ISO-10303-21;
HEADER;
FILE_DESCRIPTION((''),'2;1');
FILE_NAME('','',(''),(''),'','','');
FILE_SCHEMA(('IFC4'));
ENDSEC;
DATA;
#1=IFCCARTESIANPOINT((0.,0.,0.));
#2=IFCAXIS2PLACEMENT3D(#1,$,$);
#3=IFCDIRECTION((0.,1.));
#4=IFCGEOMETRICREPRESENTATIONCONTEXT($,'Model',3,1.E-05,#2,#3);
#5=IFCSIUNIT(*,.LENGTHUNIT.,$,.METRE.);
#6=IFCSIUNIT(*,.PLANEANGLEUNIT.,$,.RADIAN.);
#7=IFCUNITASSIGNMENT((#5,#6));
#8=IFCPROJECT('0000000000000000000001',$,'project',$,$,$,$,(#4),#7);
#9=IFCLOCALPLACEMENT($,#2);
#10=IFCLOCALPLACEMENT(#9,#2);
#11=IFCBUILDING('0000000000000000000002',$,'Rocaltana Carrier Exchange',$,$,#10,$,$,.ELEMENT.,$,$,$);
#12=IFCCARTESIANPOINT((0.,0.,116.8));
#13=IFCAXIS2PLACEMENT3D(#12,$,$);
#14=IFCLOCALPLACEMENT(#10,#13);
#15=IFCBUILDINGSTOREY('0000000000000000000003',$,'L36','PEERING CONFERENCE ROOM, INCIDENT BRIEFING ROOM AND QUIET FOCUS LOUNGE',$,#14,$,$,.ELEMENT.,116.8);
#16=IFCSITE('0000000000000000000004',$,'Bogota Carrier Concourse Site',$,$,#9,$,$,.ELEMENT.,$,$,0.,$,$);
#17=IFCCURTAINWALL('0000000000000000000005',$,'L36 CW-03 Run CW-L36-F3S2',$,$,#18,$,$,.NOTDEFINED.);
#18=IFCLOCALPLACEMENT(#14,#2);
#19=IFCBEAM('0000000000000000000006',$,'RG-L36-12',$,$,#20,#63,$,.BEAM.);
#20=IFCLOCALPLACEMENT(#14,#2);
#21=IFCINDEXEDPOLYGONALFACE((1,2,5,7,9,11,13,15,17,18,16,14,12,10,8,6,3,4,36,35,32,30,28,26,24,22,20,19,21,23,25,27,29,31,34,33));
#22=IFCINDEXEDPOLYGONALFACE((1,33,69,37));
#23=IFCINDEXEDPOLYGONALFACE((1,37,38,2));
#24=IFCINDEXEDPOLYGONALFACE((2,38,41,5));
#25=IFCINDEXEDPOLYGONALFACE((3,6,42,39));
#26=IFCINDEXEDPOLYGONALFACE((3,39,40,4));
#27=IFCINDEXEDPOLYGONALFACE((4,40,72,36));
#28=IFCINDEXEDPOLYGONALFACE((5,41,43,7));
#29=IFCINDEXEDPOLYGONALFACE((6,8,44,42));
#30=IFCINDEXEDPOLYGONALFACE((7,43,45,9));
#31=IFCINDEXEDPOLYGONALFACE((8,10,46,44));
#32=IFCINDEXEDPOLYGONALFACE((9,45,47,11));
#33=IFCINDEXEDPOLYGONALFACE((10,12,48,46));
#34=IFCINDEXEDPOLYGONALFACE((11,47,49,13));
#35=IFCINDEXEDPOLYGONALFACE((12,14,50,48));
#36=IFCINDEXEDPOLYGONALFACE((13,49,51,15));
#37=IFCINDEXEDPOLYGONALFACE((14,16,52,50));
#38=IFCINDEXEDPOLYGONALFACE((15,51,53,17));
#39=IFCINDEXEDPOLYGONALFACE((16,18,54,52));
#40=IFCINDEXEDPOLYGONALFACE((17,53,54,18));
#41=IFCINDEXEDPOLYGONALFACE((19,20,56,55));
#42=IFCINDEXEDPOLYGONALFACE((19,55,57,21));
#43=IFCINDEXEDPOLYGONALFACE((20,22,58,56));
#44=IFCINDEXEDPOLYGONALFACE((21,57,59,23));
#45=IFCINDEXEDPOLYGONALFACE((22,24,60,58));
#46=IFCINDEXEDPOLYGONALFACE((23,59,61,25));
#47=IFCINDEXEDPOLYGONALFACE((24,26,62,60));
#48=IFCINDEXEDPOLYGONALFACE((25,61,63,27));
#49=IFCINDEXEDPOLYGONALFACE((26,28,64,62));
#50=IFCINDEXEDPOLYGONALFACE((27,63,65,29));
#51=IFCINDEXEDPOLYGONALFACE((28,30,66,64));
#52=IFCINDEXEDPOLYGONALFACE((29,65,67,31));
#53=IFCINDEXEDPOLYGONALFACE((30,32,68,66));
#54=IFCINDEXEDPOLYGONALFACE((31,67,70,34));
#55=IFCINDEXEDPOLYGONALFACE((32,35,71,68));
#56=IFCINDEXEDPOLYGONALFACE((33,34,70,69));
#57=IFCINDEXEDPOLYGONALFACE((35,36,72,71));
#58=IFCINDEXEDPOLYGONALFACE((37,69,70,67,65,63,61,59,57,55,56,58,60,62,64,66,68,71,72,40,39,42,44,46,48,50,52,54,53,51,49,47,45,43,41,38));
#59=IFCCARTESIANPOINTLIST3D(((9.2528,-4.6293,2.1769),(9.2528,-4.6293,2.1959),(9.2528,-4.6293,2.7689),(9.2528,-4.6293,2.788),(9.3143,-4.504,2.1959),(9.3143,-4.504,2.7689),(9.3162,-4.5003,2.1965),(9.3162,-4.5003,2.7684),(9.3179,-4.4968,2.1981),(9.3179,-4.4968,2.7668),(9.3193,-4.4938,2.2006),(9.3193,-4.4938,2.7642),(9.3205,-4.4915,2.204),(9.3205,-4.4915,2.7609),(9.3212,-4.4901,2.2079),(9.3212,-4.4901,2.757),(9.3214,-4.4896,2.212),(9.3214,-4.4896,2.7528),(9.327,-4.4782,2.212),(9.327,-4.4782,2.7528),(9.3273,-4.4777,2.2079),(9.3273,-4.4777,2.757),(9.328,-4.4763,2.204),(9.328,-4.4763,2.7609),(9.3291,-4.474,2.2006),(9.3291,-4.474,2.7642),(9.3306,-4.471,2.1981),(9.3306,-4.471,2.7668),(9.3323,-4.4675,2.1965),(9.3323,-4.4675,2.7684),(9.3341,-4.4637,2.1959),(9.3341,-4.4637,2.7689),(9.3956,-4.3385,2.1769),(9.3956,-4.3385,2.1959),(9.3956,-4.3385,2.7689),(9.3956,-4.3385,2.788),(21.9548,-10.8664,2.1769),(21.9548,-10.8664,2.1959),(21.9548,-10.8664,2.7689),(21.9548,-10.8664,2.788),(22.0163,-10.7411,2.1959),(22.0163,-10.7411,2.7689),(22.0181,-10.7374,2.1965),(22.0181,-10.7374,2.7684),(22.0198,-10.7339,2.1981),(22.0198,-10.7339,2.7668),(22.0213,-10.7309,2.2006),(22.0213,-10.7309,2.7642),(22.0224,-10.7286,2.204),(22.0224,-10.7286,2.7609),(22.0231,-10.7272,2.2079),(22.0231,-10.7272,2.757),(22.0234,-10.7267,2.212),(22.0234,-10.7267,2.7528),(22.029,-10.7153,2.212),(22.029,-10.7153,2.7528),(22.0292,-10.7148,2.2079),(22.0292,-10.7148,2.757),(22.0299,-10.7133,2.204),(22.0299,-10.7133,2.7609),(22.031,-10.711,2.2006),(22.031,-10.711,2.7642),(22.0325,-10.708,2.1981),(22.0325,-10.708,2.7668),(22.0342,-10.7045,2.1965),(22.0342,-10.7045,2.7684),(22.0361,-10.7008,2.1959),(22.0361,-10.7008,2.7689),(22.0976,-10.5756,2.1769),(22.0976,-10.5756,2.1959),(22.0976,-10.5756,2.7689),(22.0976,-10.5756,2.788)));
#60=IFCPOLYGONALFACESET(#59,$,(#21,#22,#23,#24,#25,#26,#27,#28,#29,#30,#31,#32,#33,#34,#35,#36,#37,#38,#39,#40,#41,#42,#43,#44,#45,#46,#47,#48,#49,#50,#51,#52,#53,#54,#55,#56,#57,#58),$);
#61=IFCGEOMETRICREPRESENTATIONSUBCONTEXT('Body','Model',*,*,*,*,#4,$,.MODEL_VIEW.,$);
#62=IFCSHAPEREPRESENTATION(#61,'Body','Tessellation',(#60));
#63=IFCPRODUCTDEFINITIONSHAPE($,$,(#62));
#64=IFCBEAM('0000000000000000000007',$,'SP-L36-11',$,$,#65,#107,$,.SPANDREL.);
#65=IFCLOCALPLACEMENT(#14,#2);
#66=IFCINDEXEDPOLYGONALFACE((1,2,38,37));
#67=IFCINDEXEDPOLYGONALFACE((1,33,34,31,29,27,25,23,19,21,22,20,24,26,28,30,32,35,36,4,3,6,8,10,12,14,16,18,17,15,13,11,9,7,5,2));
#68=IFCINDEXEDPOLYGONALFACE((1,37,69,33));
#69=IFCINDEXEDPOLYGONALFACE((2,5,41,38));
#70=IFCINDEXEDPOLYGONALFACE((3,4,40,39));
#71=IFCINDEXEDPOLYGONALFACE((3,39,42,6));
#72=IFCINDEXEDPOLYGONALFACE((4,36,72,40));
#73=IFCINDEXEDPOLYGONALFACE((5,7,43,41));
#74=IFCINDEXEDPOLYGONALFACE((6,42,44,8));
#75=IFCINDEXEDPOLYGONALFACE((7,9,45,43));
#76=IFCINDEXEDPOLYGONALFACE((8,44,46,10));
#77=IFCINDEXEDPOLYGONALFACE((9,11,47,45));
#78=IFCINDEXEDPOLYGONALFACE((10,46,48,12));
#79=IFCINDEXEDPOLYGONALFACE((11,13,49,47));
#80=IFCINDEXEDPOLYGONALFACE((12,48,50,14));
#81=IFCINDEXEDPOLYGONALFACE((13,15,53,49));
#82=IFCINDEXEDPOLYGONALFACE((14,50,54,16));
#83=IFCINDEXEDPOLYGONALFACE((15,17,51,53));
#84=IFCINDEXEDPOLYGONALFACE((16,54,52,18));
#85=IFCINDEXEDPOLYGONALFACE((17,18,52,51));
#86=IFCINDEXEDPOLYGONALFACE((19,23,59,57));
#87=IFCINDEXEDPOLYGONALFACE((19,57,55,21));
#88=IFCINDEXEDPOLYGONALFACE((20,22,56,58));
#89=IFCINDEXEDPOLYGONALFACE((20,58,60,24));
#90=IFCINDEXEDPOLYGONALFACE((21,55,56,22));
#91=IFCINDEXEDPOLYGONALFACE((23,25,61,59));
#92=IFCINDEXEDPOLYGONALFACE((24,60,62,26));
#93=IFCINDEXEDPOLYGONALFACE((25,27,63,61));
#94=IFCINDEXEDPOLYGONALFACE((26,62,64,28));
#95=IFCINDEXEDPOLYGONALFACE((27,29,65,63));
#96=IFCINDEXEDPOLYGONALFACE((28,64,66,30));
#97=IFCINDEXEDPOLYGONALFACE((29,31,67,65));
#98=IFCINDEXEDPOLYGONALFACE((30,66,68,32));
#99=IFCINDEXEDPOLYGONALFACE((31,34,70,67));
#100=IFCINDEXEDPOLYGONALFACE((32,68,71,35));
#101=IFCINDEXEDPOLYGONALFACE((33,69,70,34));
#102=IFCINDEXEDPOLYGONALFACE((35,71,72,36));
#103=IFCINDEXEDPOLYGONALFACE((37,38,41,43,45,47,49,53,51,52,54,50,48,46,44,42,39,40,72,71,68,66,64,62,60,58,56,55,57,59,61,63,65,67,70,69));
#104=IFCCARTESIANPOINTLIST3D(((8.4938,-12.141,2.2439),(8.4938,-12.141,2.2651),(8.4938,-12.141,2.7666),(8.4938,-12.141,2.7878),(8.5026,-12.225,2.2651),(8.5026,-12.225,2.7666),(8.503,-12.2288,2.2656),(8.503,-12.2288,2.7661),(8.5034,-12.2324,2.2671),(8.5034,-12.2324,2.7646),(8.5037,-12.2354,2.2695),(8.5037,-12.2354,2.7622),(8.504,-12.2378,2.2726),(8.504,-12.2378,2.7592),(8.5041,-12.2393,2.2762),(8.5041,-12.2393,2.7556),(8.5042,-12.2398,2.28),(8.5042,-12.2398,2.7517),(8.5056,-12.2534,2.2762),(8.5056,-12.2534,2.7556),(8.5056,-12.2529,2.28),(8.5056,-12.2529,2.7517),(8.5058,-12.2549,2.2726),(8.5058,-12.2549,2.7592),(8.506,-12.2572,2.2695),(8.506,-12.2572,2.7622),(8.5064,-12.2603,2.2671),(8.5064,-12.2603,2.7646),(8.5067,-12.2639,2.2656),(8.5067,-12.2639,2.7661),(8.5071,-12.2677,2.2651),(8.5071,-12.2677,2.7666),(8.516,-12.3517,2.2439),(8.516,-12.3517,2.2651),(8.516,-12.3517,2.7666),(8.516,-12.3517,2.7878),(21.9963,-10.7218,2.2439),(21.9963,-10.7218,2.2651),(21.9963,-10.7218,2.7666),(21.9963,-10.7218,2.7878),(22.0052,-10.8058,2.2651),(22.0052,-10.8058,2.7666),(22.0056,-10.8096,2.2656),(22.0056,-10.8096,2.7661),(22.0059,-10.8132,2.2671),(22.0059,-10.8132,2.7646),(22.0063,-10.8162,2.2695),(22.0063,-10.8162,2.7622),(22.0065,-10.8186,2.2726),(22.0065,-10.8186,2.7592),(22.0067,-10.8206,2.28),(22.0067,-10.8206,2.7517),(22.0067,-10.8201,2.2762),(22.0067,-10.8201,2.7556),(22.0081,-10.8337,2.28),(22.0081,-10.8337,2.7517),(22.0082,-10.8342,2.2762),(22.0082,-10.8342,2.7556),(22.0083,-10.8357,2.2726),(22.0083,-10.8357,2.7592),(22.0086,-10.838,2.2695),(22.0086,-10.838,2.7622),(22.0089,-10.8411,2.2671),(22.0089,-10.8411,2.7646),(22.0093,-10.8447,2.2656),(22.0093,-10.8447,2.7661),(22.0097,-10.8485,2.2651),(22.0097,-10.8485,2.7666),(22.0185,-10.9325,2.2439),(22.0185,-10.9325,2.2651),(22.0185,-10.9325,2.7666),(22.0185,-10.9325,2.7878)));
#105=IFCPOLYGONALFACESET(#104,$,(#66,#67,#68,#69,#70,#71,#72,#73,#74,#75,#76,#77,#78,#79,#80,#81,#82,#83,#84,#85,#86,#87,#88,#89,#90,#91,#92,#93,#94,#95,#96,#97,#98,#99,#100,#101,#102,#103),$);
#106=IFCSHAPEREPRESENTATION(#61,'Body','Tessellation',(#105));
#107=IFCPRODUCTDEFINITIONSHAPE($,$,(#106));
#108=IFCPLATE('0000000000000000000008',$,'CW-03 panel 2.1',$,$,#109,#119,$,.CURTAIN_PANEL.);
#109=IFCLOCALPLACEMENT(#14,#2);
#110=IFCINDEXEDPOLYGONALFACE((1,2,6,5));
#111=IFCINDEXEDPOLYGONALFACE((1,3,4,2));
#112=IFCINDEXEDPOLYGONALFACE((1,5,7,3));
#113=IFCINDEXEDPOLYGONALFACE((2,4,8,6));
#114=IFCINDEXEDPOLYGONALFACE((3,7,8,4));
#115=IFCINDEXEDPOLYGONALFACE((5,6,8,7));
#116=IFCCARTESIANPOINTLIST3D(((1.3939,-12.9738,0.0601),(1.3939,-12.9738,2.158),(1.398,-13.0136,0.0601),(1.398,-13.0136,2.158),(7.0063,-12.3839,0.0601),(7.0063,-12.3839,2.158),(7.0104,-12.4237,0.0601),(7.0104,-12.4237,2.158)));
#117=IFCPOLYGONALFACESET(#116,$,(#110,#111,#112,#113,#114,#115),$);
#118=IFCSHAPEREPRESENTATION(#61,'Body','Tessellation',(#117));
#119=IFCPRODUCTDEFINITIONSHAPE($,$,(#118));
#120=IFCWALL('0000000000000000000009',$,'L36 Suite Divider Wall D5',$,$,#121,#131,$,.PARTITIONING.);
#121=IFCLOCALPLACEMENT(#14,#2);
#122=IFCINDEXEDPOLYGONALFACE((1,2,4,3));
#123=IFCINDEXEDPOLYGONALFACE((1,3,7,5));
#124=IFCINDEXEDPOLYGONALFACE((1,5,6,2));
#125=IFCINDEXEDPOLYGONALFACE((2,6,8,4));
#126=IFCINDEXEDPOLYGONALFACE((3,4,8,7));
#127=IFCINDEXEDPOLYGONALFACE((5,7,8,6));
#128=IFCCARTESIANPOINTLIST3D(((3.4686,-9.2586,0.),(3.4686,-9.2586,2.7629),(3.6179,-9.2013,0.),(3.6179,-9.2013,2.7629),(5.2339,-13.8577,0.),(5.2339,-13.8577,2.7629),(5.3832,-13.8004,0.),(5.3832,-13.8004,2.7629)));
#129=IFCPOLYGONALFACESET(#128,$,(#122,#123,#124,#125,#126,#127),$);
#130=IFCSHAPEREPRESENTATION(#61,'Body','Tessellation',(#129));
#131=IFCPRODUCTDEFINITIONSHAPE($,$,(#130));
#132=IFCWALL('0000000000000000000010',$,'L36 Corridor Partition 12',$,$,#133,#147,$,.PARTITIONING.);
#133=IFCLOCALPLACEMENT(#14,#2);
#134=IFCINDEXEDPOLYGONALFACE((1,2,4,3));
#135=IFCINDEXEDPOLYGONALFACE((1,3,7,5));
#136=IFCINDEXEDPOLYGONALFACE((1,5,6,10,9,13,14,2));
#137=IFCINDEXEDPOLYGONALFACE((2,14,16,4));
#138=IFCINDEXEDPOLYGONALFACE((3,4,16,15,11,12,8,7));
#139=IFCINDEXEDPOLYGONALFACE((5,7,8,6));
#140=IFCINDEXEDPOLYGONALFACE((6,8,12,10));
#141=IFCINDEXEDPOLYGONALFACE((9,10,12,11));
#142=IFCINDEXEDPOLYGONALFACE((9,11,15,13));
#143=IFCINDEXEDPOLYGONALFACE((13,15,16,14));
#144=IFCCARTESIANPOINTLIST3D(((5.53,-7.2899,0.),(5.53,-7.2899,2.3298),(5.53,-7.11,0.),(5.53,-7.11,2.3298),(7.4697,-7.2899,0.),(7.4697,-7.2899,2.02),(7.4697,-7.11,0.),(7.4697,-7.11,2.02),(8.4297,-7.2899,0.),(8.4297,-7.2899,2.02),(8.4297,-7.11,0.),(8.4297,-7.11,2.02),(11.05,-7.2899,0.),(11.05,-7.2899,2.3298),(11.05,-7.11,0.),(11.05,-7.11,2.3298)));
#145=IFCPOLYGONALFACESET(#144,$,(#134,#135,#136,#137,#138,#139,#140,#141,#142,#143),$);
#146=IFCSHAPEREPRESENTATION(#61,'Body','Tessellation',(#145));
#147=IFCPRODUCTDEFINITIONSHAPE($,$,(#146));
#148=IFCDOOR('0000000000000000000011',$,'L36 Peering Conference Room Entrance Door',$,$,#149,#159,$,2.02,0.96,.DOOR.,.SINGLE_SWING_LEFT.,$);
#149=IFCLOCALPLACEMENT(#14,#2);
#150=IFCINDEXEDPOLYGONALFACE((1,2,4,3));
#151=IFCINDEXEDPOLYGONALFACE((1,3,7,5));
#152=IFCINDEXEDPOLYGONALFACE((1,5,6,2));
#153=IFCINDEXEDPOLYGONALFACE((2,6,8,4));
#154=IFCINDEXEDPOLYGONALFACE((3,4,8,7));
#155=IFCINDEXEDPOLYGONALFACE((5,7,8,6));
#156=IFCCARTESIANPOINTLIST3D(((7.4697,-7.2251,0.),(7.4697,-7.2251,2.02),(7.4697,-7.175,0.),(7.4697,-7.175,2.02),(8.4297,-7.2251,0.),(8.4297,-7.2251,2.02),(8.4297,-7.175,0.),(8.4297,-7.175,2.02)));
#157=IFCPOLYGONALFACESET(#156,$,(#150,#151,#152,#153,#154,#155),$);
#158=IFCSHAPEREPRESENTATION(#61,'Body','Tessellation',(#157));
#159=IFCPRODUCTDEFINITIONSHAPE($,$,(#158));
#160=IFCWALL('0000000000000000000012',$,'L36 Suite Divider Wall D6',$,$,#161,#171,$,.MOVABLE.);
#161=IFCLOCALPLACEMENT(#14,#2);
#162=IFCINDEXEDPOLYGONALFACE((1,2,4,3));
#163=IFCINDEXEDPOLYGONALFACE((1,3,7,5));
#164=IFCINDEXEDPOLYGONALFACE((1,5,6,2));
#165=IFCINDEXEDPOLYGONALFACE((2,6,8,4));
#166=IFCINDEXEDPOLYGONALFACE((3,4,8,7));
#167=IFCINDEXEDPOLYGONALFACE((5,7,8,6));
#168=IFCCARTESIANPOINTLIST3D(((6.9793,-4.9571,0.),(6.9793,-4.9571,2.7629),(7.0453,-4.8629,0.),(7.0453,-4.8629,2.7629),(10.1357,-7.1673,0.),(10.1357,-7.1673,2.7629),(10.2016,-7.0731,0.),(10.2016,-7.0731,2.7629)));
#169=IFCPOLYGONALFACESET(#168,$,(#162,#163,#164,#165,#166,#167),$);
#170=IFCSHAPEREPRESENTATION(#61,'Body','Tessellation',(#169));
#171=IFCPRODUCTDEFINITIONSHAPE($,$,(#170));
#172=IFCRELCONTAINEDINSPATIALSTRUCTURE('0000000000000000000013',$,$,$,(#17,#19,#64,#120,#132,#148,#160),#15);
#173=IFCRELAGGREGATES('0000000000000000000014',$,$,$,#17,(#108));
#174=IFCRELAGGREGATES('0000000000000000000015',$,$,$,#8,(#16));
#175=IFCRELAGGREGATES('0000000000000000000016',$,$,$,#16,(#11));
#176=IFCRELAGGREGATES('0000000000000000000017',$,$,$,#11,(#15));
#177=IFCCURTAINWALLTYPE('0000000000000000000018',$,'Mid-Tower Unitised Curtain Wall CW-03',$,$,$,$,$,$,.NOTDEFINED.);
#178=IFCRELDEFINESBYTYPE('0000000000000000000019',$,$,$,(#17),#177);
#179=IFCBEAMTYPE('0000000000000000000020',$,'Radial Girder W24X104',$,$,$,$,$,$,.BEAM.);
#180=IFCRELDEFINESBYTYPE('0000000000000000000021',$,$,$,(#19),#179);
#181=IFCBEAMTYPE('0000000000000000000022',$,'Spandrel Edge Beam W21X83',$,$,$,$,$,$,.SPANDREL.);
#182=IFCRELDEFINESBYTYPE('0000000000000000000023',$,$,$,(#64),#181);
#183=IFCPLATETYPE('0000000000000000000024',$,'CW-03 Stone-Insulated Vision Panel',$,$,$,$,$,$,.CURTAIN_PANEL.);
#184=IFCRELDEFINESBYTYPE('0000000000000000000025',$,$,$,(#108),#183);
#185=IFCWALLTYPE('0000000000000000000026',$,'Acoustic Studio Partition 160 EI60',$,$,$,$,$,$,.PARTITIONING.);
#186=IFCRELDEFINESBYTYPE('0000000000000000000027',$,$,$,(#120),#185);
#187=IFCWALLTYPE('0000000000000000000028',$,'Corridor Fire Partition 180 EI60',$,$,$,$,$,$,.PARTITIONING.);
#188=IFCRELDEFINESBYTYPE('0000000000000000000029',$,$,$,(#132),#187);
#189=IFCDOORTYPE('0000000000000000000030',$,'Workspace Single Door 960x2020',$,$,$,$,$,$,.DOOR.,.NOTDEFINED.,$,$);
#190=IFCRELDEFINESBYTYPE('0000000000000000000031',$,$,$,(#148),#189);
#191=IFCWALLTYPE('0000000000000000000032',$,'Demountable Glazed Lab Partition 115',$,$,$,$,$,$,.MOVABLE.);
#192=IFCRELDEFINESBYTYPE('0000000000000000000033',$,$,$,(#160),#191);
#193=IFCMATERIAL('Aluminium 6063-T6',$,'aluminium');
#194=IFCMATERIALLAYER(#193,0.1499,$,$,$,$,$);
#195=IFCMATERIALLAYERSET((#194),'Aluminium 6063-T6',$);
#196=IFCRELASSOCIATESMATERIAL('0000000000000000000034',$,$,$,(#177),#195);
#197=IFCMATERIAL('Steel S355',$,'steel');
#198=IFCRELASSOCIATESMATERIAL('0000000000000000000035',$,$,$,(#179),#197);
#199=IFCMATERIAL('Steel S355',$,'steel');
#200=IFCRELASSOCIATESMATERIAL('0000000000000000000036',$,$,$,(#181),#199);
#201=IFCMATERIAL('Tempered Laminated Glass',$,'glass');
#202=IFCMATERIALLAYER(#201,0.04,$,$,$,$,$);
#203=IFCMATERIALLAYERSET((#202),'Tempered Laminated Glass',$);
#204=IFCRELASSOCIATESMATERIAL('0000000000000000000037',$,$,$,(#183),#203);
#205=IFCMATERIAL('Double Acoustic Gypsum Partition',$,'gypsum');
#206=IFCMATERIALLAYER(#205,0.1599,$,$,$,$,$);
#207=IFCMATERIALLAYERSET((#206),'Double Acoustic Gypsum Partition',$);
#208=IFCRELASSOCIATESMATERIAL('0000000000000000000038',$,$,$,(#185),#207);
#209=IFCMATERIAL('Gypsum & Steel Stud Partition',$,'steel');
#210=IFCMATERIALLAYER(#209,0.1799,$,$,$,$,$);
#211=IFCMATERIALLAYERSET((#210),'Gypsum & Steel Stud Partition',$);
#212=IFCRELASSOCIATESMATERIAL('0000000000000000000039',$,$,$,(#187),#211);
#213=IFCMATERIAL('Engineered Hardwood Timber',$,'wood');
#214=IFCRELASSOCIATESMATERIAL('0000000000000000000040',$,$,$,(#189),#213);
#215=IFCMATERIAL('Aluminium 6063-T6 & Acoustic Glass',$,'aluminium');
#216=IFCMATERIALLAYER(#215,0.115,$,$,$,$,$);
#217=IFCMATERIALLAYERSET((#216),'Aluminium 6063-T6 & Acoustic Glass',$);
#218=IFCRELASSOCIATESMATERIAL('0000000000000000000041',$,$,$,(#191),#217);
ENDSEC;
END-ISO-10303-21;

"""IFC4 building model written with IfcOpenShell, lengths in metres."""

from ifc_helpers import new_model, si_unit, direction, frame, frame_2d, origin, origin_2d, place, context, subcontext, project, spatial, rectangle, i_section, extrude, material, layer, layer_set, material_profile, profile_set, type_object, element, fill, aggregate, save


model = new_model("IFC4")

# Units and contexts
model_context = context("Model", 3, precision=1e-05, world=origin(), true_north=direction((0.0, 1.0)))
body_context = subcontext(model_context, "Body", "Model", "MODEL_VIEW")
ifc_project = project(units=[si_unit("LENGTHUNIT", "METRE"), si_unit("PLANEANGLEUNIT", "RADIAN")], contexts=[model_context])

# Site, building, storey
site_placement = place(None, origin())
site = spatial("IfcSite", under=ifc_project, at=site_placement, Name="Bogota Carrier Concourse Site", CompositionType="ELEMENT", RefElevation=0.0)
building_placement = place(site_placement, origin())
building = spatial("IfcBuilding", under=site, at=building_placement, Name="Rocaltana Carrier Exchange", CompositionType="ELEMENT")
storey_placement = place(building_placement, frame((0.0, 0.0, 116.8)))
storey = spatial("IfcBuildingStorey", under=building, at=storey_placement, Name="L36", Description="PEERING CONFERENCE ROOM, INCIDENT BRIEFING ROOM AND QUIET FOCUS LOUNGE", CompositionType="ELEMENT", Elevation=116.8)

# Curtain wall
ifc_material_1 = material(Name="Aluminium 6063-T6", Category="aluminium")
ifc_layer_1 = layer(ifc_material_1, 0.1499)
ifc_layer_set_1 = layer_set([ifc_layer_1], Name="Aluminium 6063-T6")
curtain_wall_type = type_object("IfcCurtainWallType", Name="Mid-Tower Unitised Curtain Wall CW-03", PredefinedType="NOTDEFINED", material=ifc_layer_set_1)
curtain_wall_placement = place(storey_placement, origin())
curtain_wall = element("IfcCurtainWall", 1, at=curtain_wall_placement, inside=storey, type_object=curtain_wall_type, Name="L36 CW-03 Run CW-L36-F3S2", PredefinedType="NOTDEFINED")

# Beams
ifc_material_2 = material(Name="Steel S355", Category="steel")
ifc_material_profile_1 = material_profile(ifc_material_2, i_section(OverallWidth=0.324, OverallDepth=0.6111, WebThickness=0.0127, FlangeThickness=0.019, FilletRadius=0.0161, at=origin_2d()), Name="W24X104")
ifc_profile_set_1 = profile_set([ifc_material_profile_1], Name="Steel S355")
beam_type_1 = type_object("IfcBeamType", Name="Radial Girder W24X104", PredefinedType="BEAM", material=ifc_profile_set_1)
beam_1_placement = place(storey_placement, frame((9.3242, -4.4839, 2.4824), z_axis=(0.897623, -0.440763, 0.0), x_axis=(0.440763, 0.897623, 0.0)))
element("IfcBeam", 2, at=beam_1_placement, inside=storey, type_object=beam_type_1, Name="RG-L36-12", PredefinedType="BEAM", context=body_context, shape_type="SweptSolid", body=[
    extrude(i_section(OverallWidth=0.324, OverallDepth=0.6111, WebThickness=0.0127, FlangeThickness=0.019, FilletRadius=0.0161, at=origin_2d()), origin(), (0.0, 0.0, 1.0), 14.1506),
])
ifc_material_3 = material(Name="Steel S355", Category="steel")
ifc_material_profile_2 = material_profile(ifc_material_3, i_section(OverallWidth=0.2119, OverallDepth=0.5439, WebThickness=0.0132, FlangeThickness=0.0212, FilletRadius=0.0149, at=origin_2d()), Name="W21X83")
ifc_profile_set_2 = profile_set([ifc_material_profile_2], Name="Steel S355")
beam_type_2 = type_object("IfcBeamType", Name="Spandrel Edge Beam W21X83", PredefinedType="SPANDREL", material=ifc_profile_set_2)
beam_2_placement = place(storey_placement, frame((8.5049, -12.2463, 2.5159), z_axis=(0.994522, 0.10453, 0.0), x_axis=(-0.10453, 0.994522, 0.0)))
element("IfcBeam", 3, at=beam_2_placement, inside=storey, type_object=beam_type_2, Name="SP-L36-11", PredefinedType="SPANDREL", context=body_context, shape_type="SweptSolid", body=[
    extrude(i_section(OverallWidth=0.2119, OverallDepth=0.5439, WebThickness=0.0132, FlangeThickness=0.0212, FilletRadius=0.0149, at=origin_2d()), origin(), (0.0, 0.0, 1.0), 13.5769),
])

# Plate
ifc_material_4 = material(Name="Tempered Laminated Glass", Category="glass")
ifc_layer_2 = layer(ifc_material_4, 0.04)
ifc_layer_set_2 = layer_set([ifc_layer_2], Name="Tempered Laminated Glass")
plate_type = type_object("IfcPlateType", Name="CW-03 Stone-Insulated Vision Panel", PredefinedType="CURTAIN_PANEL", material=ifc_layer_set_2)
plate_placement = place(storey_placement, frame((4.2021, -12.6987, 0.0601), z_axis=(0.0, 0.0, 1.0), x_axis=(0.994522, 0.10453, 0.0)))
plate = element("IfcPlate", 4, at=plate_placement, type_object=plate_type, Name="CW-03 panel 2.1", PredefinedType="CURTAIN_PANEL", context=body_context, shape_type="SweptSolid", body=[
    extrude(rectangle(XDim=5.6433, YDim=0.04, at=origin_2d()), origin(), (0.0, 0.0, 1.0), 2.0979),
])
aggregate(curtain_wall, [plate])

# Wall
ifc_material_5 = material(Name="Double Acoustic Gypsum Partition", Category="gypsum")
ifc_layer_3 = layer(ifc_material_5, 0.1599)
ifc_layer_set_3 = layer_set([ifc_layer_3], Name="Double Acoustic Gypsum Partition")
wall_type_1 = type_object("IfcWallType", Name="Acoustic Studio Partition 160 EI60", PredefinedType="PARTITIONING", material=ifc_layer_set_3)
wall_1_placement = place(storey_placement, frame((3.5432, -9.23, 0.0), z_axis=(0.0, 0.0, 1.0), x_axis=(0.358358, -0.933584, 0.0)))
element("IfcWall", 5, at=wall_1_placement, inside=storey, type_object=wall_type_1, Name="L36 Suite Divider Wall D5", PredefinedType="PARTITIONING", context=body_context, shape_type="SweptSolid", body=[
    extrude(rectangle(XDim=4.9263, YDim=0.1599, at=frame_2d((2.4631, 0.0))), origin(), (0.0, 0.0, 1.0), 2.7629),
])

# Wall, opening, door
ifc_material_6 = material(Name="Gypsum & Steel Stud Partition", Category="steel")
ifc_layer_4 = layer(ifc_material_6, 0.1799)
ifc_layer_set_4 = layer_set([ifc_layer_4], Name="Gypsum & Steel Stud Partition")
wall_type_2 = type_object("IfcWallType", Name="Corridor Fire Partition 180 EI60", PredefinedType="PARTITIONING", material=ifc_layer_set_4)
wall_2_placement = place(storey_placement, frame((5.53, -7.2, 0.0), z_axis=(0.0, 0.0, 1.0), x_axis=(1.0, 0.0, 0.0)))
wall_2 = element("IfcWall", 6, at=wall_2_placement, inside=storey, type_object=wall_type_2, Name="L36 Corridor Partition 12", PredefinedType="PARTITIONING", context=body_context, shape_type="SweptSolid", body=[
    extrude(rectangle(XDim=5.52, YDim=0.1799, at=frame_2d((2.76, 0.0))), origin(), (0.0, 0.0, 1.0), 2.3298),
])
opening_placement = place(wall_2_placement, frame((1.9397, 0.0, 0.0)))
opening = element("IfcOpeningElement", 7, at=opening_placement, cuts=wall_2, PredefinedType="OPENING", context=body_context, shape_type="SweptSolid", body=[
    extrude(rectangle(XDim=0.96, YDim=2.02, at=frame_2d((0.48, 1.01))), frame((0.0, 0.0999, 0.0), z_axis=(0.0, -1.0, 0.0), x_axis=(1.0, 0.0, 0.0)), (0.0, 0.0, 1.0), 0.2),
])
ifc_material_7 = material(Name="Engineered Hardwood Timber", Category="wood")
door_type = type_object("IfcDoorType", Name="Workspace Single Door 960x2020", OperationType="NOTDEFINED", PredefinedType="DOOR", material=ifc_material_7)
door_placement = place(opening_placement, origin())
door = element("IfcDoor", 8, at=door_placement, inside=storey, type_object=door_type, Name="L36 Peering Conference Room Entrance Door", OperationType="SINGLE_SWING_LEFT", OverallHeight=2.02, OverallWidth=0.96, PredefinedType="DOOR", context=body_context, shape_type="SweptSolid", body=[
    extrude(rectangle(XDim=0.96, YDim=2.02, at=frame_2d((0.48, 1.01))), frame((0.0, 0.0249, 0.0), z_axis=(0.0, -1.0, 0.0), x_axis=(1.0, 0.0, 0.0)), (0.0, 0.0, 1.0), 0.05),
])
fill(opening, door)

# Wall
ifc_material_8 = material(Name="Aluminium 6063-T6 & Acoustic Glass", Category="aluminium")
ifc_layer_5 = layer(ifc_material_8, 0.115)
ifc_layer_set_5 = layer_set([ifc_layer_5], Name="Aluminium 6063-T6 & Acoustic Glass")
wall_type_3 = type_object("IfcWallType", Name="Demountable Glazed Lab Partition 115", PredefinedType="MOVABLE", material=ifc_layer_set_5)
wall_3_placement = place(storey_placement, frame((7.0122, -4.9099, 0.0), z_axis=(0.0, 0.0, 1.0), x_axis=(0.819131, -0.573607, 0.0)))
element("IfcWall", 9, at=wall_3_placement, inside=storey, type_object=wall_type_3, Name="L36 Suite Divider Wall D6", PredefinedType="MOVABLE", context=body_context, shape_type="SweptSolid", body=[
    extrude(rectangle(XDim=3.8533, YDim=0.115, at=frame_2d((1.9268, 0.0))), origin(), (0.0, 0.0, 1.0), 2.7629),
])

save(model, "model.ifc")
